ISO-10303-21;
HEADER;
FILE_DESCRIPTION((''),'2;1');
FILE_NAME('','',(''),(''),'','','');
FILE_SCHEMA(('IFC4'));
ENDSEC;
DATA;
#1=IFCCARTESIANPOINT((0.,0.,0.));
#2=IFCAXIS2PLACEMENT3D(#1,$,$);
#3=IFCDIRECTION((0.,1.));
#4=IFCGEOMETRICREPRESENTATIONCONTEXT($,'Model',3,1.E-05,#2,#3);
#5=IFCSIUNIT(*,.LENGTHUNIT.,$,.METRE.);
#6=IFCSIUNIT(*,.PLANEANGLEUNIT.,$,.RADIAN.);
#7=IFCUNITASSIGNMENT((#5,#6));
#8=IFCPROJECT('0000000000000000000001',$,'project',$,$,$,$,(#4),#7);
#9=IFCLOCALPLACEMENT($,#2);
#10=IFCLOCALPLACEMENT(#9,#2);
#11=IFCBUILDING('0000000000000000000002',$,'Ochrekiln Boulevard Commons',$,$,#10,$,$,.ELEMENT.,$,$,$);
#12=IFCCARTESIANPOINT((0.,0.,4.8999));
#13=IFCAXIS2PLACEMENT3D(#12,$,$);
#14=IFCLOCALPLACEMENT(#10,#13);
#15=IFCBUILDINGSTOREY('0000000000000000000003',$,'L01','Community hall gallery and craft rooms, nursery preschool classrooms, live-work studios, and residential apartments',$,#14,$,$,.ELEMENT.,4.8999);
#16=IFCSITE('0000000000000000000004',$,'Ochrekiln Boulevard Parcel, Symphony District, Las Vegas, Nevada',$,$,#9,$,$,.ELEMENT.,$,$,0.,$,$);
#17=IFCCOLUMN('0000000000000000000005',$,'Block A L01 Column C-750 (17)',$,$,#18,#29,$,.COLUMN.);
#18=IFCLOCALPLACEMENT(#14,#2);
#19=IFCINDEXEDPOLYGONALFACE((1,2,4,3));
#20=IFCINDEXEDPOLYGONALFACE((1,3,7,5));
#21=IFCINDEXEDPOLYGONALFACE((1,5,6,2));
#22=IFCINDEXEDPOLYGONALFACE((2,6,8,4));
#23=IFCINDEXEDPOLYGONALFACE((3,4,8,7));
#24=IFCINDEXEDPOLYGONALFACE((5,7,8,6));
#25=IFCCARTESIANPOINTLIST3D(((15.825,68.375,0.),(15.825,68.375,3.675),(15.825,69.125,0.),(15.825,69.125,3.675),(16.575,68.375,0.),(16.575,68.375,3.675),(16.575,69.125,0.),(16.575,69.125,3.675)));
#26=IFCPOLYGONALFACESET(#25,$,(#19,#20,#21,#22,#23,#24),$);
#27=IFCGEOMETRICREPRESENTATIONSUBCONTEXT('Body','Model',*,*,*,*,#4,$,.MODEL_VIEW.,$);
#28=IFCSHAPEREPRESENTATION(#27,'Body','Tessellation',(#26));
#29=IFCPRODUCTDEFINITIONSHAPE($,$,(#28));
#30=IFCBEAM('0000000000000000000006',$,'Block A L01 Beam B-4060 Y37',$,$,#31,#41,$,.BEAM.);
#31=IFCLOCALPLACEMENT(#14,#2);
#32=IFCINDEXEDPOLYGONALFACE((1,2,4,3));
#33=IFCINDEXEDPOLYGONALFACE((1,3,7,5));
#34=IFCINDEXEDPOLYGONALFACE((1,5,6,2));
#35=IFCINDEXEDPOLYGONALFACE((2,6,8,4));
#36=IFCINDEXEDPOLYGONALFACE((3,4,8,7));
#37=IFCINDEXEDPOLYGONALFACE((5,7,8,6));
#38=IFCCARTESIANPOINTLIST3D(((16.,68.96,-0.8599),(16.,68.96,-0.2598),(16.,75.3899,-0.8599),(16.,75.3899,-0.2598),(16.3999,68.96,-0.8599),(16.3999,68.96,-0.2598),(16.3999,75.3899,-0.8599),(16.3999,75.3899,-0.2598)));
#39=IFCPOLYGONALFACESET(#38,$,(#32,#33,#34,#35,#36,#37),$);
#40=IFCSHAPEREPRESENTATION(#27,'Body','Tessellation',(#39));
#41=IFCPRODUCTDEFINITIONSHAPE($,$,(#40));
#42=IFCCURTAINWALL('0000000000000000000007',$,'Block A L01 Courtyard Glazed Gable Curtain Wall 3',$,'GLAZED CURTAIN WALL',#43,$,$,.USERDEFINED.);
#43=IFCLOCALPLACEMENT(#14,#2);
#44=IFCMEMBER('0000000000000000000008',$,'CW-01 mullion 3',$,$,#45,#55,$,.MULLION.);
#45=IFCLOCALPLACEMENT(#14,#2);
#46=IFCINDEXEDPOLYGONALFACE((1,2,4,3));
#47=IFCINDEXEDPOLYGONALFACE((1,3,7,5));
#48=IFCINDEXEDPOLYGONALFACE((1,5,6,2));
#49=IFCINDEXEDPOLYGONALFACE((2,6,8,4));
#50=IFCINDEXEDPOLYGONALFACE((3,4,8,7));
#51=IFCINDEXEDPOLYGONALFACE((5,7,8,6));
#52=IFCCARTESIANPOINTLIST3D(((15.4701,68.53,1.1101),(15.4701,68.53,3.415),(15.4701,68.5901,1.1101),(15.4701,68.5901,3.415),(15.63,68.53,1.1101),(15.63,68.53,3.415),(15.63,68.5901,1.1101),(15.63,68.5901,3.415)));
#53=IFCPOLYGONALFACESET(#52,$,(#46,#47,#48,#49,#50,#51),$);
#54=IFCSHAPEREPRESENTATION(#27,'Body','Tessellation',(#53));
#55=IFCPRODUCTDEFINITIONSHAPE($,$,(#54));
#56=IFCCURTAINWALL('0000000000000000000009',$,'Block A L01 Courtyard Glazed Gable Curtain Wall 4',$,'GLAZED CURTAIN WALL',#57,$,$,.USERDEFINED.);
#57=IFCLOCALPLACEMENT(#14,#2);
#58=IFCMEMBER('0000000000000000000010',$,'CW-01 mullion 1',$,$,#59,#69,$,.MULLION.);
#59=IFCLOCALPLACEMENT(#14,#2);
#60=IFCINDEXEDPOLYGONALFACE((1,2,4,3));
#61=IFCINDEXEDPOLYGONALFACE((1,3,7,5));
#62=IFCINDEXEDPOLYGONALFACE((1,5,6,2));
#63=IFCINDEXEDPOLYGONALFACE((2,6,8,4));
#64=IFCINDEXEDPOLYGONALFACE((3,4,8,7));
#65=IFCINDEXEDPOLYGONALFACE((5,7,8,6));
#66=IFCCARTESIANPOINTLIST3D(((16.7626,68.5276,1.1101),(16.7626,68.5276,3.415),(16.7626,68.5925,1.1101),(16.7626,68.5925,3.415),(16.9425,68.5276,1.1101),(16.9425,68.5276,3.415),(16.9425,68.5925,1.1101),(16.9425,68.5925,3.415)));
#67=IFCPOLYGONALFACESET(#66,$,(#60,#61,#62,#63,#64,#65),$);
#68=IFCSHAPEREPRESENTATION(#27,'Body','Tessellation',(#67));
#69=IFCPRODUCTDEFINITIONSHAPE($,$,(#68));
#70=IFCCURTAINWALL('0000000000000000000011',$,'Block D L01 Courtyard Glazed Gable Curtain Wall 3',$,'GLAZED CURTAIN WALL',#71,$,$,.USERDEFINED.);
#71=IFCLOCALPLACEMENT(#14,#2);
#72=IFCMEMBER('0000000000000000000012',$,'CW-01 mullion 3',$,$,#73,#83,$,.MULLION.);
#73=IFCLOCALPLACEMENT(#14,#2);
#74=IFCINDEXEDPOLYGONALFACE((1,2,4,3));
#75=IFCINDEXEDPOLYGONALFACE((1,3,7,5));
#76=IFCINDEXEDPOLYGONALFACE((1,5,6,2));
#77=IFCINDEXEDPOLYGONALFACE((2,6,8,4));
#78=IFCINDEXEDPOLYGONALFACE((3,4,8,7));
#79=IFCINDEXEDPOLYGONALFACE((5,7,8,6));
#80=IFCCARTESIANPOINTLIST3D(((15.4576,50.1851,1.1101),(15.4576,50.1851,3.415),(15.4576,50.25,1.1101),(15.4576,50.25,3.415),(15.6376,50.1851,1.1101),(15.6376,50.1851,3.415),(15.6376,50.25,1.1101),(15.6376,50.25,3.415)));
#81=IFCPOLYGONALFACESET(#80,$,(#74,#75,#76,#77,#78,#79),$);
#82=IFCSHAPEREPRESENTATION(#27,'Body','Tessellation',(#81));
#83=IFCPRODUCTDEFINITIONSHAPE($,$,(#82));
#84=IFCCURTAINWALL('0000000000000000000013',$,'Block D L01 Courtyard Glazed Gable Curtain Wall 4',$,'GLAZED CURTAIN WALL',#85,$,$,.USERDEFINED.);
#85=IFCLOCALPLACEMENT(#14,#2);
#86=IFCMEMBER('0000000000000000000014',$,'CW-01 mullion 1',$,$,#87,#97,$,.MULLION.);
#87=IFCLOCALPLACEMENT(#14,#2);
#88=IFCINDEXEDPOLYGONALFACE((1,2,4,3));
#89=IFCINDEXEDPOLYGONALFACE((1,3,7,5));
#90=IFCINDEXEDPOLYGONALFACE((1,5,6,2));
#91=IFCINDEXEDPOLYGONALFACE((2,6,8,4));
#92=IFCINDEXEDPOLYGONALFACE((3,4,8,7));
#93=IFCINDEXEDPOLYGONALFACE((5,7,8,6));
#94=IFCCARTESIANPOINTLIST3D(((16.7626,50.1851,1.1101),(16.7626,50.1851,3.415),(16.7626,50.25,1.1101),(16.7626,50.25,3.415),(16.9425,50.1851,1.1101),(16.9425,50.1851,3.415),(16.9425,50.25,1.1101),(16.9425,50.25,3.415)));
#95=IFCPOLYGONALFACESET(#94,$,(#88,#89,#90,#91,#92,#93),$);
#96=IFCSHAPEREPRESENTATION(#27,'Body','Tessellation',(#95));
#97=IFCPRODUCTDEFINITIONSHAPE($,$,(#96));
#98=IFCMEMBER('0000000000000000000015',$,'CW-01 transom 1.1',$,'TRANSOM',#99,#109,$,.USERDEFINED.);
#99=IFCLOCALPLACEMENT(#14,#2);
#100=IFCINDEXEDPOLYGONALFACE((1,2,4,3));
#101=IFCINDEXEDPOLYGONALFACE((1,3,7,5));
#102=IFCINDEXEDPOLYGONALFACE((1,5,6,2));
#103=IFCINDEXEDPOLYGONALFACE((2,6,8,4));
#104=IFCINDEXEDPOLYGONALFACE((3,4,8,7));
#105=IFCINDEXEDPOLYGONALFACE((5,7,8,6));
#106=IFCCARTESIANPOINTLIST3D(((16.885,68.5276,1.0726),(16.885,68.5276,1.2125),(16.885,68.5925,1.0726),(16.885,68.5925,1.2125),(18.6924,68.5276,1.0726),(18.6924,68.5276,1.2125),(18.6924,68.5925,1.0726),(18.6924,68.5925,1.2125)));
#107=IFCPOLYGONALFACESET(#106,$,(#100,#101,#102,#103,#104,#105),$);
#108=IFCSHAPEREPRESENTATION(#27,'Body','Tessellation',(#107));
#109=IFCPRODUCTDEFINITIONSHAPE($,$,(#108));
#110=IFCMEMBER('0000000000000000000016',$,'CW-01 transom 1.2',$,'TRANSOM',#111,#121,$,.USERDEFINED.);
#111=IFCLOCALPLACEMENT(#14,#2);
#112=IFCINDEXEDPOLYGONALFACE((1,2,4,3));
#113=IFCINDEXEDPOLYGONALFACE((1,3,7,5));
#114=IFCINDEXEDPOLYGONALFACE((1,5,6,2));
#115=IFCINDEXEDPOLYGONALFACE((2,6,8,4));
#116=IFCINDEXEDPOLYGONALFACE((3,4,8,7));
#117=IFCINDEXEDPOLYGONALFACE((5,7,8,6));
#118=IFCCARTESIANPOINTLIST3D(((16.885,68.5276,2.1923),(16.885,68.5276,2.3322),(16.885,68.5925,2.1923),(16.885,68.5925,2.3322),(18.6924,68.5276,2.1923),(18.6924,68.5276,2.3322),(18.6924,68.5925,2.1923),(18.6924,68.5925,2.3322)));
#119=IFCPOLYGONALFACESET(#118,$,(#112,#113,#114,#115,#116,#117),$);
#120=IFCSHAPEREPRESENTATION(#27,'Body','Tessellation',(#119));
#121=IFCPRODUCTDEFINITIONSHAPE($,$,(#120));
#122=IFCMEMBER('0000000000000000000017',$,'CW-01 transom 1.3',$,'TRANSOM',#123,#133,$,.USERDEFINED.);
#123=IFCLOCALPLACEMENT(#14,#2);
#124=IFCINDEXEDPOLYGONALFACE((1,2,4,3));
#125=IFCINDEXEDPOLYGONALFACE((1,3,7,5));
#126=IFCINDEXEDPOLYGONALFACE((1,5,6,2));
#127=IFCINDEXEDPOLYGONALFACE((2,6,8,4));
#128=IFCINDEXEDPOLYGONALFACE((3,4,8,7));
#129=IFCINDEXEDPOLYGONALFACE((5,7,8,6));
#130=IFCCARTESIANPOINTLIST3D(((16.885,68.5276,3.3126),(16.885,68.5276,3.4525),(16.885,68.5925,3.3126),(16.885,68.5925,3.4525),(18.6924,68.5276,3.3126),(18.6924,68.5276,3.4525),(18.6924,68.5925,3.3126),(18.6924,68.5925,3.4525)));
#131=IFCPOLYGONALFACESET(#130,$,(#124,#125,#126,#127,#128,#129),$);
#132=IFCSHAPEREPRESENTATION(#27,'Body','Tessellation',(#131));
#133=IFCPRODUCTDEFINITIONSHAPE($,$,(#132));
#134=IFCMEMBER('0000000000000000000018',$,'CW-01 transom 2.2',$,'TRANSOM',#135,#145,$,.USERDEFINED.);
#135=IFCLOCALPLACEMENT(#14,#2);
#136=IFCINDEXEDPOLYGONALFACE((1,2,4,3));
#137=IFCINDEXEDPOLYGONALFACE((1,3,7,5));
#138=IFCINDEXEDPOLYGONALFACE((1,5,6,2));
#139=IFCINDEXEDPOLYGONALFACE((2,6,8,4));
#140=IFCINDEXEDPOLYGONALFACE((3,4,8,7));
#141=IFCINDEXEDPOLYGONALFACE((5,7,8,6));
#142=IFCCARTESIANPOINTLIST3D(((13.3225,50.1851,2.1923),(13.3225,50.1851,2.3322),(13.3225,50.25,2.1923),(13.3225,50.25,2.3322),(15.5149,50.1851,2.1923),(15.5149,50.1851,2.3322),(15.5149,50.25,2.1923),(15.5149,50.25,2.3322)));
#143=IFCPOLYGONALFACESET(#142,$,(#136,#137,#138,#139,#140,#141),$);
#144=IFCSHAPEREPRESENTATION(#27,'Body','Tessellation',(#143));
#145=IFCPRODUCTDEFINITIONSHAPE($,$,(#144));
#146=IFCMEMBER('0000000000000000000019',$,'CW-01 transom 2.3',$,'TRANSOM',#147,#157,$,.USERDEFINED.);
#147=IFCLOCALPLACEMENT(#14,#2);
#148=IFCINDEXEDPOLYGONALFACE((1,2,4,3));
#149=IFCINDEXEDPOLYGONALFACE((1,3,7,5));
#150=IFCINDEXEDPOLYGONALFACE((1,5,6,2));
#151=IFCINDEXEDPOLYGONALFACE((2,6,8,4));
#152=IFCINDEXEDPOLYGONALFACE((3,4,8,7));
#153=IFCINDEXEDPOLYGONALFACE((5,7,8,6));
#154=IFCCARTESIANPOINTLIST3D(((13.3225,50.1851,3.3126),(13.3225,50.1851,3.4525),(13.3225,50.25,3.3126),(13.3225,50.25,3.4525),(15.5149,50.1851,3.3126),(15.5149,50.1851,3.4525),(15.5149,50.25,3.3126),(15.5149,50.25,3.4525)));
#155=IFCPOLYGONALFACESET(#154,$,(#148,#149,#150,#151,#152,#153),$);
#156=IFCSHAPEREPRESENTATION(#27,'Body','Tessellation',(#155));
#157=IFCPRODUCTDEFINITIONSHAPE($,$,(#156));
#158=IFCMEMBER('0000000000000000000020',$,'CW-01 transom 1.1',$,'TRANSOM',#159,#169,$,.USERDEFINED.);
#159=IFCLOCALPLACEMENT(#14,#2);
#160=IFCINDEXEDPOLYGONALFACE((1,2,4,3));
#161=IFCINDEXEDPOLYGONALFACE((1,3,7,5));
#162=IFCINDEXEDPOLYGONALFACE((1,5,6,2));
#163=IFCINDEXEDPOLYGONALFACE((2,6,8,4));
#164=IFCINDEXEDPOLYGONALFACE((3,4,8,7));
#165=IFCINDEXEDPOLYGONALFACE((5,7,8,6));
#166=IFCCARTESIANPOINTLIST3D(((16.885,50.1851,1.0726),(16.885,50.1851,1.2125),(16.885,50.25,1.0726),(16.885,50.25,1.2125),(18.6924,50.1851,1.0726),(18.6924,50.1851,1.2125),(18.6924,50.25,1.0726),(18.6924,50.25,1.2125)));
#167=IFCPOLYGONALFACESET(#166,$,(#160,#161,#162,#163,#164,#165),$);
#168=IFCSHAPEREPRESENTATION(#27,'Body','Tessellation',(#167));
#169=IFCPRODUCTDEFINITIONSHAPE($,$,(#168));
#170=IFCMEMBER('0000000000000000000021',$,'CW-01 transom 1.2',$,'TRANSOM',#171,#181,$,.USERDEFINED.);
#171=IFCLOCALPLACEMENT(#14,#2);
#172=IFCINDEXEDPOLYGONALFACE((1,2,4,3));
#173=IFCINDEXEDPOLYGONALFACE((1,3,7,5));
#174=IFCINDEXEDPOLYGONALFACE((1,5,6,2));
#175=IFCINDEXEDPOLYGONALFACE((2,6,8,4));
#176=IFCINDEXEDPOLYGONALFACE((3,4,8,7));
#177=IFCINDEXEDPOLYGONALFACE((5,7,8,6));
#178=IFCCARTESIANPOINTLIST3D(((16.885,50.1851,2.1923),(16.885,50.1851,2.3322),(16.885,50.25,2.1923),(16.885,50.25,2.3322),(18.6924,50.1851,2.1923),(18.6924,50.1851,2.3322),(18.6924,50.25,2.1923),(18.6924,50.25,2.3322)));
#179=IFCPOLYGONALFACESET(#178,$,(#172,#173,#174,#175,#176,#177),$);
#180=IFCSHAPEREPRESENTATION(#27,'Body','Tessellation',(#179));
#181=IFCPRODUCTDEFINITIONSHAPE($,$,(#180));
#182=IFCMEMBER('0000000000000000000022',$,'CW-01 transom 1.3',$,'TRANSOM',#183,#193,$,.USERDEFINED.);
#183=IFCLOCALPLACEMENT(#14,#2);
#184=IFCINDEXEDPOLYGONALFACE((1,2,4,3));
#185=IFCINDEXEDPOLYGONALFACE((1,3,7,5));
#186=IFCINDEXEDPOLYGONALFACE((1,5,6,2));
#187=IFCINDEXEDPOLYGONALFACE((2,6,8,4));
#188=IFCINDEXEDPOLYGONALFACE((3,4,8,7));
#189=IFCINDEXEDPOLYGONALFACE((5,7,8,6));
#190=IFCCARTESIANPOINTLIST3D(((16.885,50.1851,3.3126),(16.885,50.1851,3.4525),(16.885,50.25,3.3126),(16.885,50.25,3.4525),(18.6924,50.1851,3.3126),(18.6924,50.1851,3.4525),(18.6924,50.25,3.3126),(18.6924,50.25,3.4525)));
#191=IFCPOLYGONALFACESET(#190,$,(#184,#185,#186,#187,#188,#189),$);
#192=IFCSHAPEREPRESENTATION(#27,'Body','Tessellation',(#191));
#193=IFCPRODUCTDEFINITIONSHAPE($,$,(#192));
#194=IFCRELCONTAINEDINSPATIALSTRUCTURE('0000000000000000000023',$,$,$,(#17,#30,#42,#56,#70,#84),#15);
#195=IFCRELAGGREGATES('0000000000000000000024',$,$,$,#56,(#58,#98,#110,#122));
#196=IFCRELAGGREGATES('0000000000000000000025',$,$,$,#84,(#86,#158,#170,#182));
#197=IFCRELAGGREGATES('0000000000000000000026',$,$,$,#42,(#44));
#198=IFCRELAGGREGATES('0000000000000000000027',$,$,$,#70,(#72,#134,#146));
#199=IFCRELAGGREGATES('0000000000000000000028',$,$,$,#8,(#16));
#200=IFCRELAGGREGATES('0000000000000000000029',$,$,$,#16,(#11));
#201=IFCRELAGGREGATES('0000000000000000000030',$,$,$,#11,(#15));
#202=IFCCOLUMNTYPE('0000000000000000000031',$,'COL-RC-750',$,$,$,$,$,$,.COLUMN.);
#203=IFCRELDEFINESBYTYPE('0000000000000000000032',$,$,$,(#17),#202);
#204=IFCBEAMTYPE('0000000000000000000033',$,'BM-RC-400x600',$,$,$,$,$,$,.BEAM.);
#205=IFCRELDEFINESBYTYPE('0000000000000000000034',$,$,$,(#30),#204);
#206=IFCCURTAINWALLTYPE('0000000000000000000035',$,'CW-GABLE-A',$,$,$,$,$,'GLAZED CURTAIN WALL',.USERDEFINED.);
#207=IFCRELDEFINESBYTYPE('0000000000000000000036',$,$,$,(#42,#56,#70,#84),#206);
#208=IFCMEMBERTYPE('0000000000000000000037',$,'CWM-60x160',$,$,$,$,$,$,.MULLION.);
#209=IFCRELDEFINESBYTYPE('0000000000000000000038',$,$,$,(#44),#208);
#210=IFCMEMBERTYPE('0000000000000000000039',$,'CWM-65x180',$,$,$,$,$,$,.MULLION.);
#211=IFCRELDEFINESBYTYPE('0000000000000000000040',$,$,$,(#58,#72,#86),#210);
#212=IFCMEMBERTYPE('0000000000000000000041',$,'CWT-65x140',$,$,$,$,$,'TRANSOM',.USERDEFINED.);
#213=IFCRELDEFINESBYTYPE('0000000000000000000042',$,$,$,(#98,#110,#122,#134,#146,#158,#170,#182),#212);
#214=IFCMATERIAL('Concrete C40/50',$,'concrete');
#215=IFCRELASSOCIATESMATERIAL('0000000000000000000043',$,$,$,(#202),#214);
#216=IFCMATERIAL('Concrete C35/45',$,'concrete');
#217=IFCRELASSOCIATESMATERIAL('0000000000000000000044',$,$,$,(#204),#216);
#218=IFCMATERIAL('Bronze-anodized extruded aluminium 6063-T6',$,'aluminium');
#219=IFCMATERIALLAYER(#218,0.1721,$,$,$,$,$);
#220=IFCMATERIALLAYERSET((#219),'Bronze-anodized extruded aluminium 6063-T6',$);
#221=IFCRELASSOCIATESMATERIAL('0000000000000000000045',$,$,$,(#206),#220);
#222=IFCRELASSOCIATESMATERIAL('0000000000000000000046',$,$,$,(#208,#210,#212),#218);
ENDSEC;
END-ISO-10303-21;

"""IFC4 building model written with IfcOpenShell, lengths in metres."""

from ifc_helpers import new_model, si_unit, direction, frame, origin, origin_2d, place, context, subcontext, project, spatial, rectangle, extrude, material, layer, layer_set, material_profile, profile_set, type_object, element, aggregate, save


model = new_model("IFC4")

# Units and contexts
model_context = context("Model", 3, precision=1e-05, world=origin(), true_north=direction((0.0, 1.0)))
body_context = subcontext(model_context, "Body", "Model", "MODEL_VIEW")
ifc_project = project(units=[si_unit("LENGTHUNIT", "METRE"), si_unit("PLANEANGLEUNIT", "RADIAN")], contexts=[model_context])

# Site, building, storey
site_placement = place(None, origin())
site = spatial("IfcSite", under=ifc_project, at=site_placement, Name="Ochrekiln Boulevard Parcel, Symphony District, Las Vegas, Nevada", CompositionType="ELEMENT", RefElevation=0.0)
building_placement = place(site_placement, origin())
building = spatial("IfcBuilding", under=site, at=building_placement, Name="Ochrekiln Boulevard Commons", CompositionType="ELEMENT")
storey_placement = place(building_placement, frame((0.0, 0.0, 4.8999)))
storey = spatial("IfcBuildingStorey", under=building, at=storey_placement, Name="L01", Description="Community hall gallery and craft rooms, nursery preschool classrooms, live-work studios, and residential apartments", CompositionType="ELEMENT", Elevation=4.8999)

# Column
ifc_material_1 = material(Name="Concrete C40/50", Category="concrete")
ifc_material_profile_1 = material_profile(ifc_material_1, rectangle(XDim=0.75, YDim=0.75, at=origin_2d()), Name="RC-COL-750x750")
ifc_profile_set_1 = profile_set([ifc_material_profile_1], Name="Concrete C40/50")
column_type = type_object("IfcColumnType", Name="COL-RC-750", PredefinedType="COLUMN", material=ifc_profile_set_1)
column_placement = place(storey_placement, frame((16.2, 68.75, 0.0), z_axis=(0.0, 0.0, 1.0), x_axis=(1.0, 0.0, 0.0)))
element("IfcColumn", 1, at=column_placement, inside=storey, type_object=column_type, Name="Block A L01 Column C-750 (17)", PredefinedType="COLUMN", context=body_context, shape_type="SweptSolid", body=[
    extrude(rectangle(XDim=0.75, YDim=0.75, at=origin_2d()), origin(), (0.0, 0.0, 1.0), 3.675),
])

# Beam
ifc_material_2 = material(Name="Concrete C35/45", Category="concrete")
ifc_material_profile_2 = material_profile(ifc_material_2, rectangle(XDim=0.3999, YDim=0.6001, at=origin_2d()), Name="RC-BM-400x600")
ifc_profile_set_2 = profile_set([ifc_material_profile_2], Name="Concrete C35/45")
beam_type_1 = type_object("IfcBeamType", Name="BM-RC-400x600", PredefinedType="BEAM", material=ifc_profile_set_2)
beam_1_placement = place(storey_placement, frame((16.2, 68.96, -0.5598), z_axis=(0.0, 1.0, 0.0), x_axis=(-1.0, 0.0, 0.0)))
element("IfcBeam", 2, at=beam_1_placement, inside=storey, type_object=beam_type_1, Name="Block A L01 Beam B-4060 Y37", PredefinedType="BEAM", context=body_context, shape_type="SweptSolid", body=[
    extrude(rectangle(XDim=0.3999, YDim=0.6001, at=origin_2d()), origin(), (0.0, 0.0, 1.0), 6.4299),
])

# Curtain walls, members
ifc_material_3 = material(Name="Bronze-anodized extruded aluminium 6063-T6", Category="aluminium")
ifc_layer_1 = layer(ifc_material_3, 0.1721)
ifc_layer_set_1 = layer_set([ifc_layer_1], Name="Bronze-anodized extruded aluminium 6063-T6")
curtain_wall_type = type_object("IfcCurtainWallType", Name="CW-GABLE-A", ElementType="GLAZED CURTAIN WALL", PredefinedType="USERDEFINED", material=ifc_layer_set_1)
curtain_wall_1_placement = place(storey_placement, origin())
curtain_wall_1 = element("IfcCurtainWall", 3, at=curtain_wall_1_placement, inside=storey, type_object=curtain_wall_type, Name="Block A L01 Courtyard Glazed Gable Curtain Wall 3", ObjectType="GLAZED CURTAIN WALL", PredefinedType="USERDEFINED")
ifc_material_profile_3 = material_profile(ifc_material_3, rectangle(XDim=0.0601, YDim=0.1599, at=origin_2d()), Name="ALU-MUL-60x160")
ifc_profile_set_3 = profile_set([ifc_material_profile_3], Name="Bronze-anodized extruded aluminium 6063-T6")
member_type_1 = type_object("IfcMemberType", Name="CWM-60x160", PredefinedType="MULLION", material=ifc_profile_set_3)
member_1_placement = place(storey_placement, frame((15.55, 68.5601, 1.1101), z_axis=(0.0, 0.0, 1.0), x_axis=(0.0, 1.0, 0.0)))
member_1 = element("IfcMember", 4, at=member_1_placement, type_object=member_type_1, Name="CW-01 mullion 3", PredefinedType="MULLION", context=body_context, shape_type="SweptSolid", body=[
    extrude(rectangle(XDim=0.0601, YDim=0.1599, at=origin_2d()), origin(), (0.0, 0.0, 1.0), 2.3049),
])
curtain_wall_2_placement = place(storey_placement, origin())
curtain_wall_2 = element("IfcCurtainWall", 5, at=curtain_wall_2_placement, inside=storey, type_object=curtain_wall_type, Name="Block A L01 Courtyard Glazed Gable Curtain Wall 4", ObjectType="GLAZED CURTAIN WALL", PredefinedType="USERDEFINED")
ifc_material_profile_4 = material_profile(ifc_material_3, rectangle(XDim=0.0649, YDim=0.1799, at=origin_2d()), Name="ALU-MUL-65x180")
ifc_profile_set_4 = profile_set([ifc_material_profile_4], Name="Bronze-anodized extruded aluminium 6063-T6")
member_type_2 = type_object("IfcMemberType", Name="CWM-65x180", PredefinedType="MULLION", material=ifc_profile_set_4)
member_2_placement = place(storey_placement, frame((16.8525, 68.5601, 1.1101), z_axis=(0.0, 0.0, 1.0), x_axis=(0.0, 1.0, 0.0)))
member_2 = element("IfcMember", 6, at=member_2_placement, type_object=member_type_2, Name="CW-01 mullion 1", PredefinedType="MULLION", context=body_context, shape_type="SweptSolid", body=[
    extrude(rectangle(XDim=0.0649, YDim=0.1799, at=origin_2d()), origin(), (0.0, 0.0, 1.0), 2.3049),
])
curtain_wall_3_placement = place(storey_placement, origin())
curtain_wall_3 = element("IfcCurtainWall", 7, at=curtain_wall_3_placement, inside=storey, type_object=curtain_wall_type, Name="Block D L01 Courtyard Glazed Gable Curtain Wall 3", ObjectType="GLAZED CURTAIN WALL", PredefinedType="USERDEFINED")
member_3_placement = place(storey_placement, frame((15.5476, 50.2175, 1.1101), z_axis=(0.0, 0.0, 1.0), x_axis=(0.0, 1.0, 0.0)))
member_3 = element("IfcMember", 8, at=member_3_placement, type_object=member_type_2, Name="CW-01 mullion 3", PredefinedType="MULLION", context=body_context, shape_type="SweptSolid", body=[
    extrude(rectangle(XDim=0.0649, YDim=0.1799, at=origin_2d()), origin(), (0.0, 0.0, 1.0), 2.3049),
])
curtain_wall_4_placement = place(storey_placement, origin())
curtain_wall_4 = element("IfcCurtainWall", 9, at=curtain_wall_4_placement, inside=storey, type_object=curtain_wall_type, Name="Block D L01 Courtyard Glazed Gable Curtain Wall 4", ObjectType="GLAZED CURTAIN WALL", PredefinedType="USERDEFINED")
member_4_placement = place(storey_placement, frame((16.8525, 50.2175, 1.1101), z_axis=(0.0, 0.0, 1.0), x_axis=(0.0, 1.0, 0.0)))
member_4 = element("IfcMember", 10, at=member_4_placement, type_object=member_type_2, Name="CW-01 mullion 1", PredefinedType="MULLION", context=body_context, shape_type="SweptSolid", body=[
    extrude(rectangle(XDim=0.0649, YDim=0.1799, at=origin_2d()), origin(), (0.0, 0.0, 1.0), 2.3049),
])

# Members
ifc_material_profile_5 = material_profile(ifc_material_3, rectangle(XDim=0.0649, YDim=0.1399, at=origin_2d()), Name="ALU-TRN-65x140")
ifc_profile_set_5 = profile_set([ifc_material_profile_5], Name="Bronze-anodized extruded aluminium 6063-T6")
member_type_3 = type_object("IfcMemberType", Name="CWT-65x140", ElementType="TRANSOM", PredefinedType="USERDEFINED", material=ifc_profile_set_5)
member_5_placement = place(storey_placement, frame((16.885, 68.5601, 1.1426), z_axis=(1.0, 0.0, 0.0), x_axis=(0.0, 1.0, 0.0)))
member_5 = element("IfcMember", 11, at=member_5_placement, type_object=member_type_3, Name="CW-01 transom 1.1", ObjectType="TRANSOM", PredefinedType="USERDEFINED", context=body_context, shape_type="SweptSolid", body=[
    extrude(rectangle(XDim=0.0649, YDim=0.1399, at=origin_2d()), origin(), (0.0, 0.0, 1.0), 1.8074),
])
member_6_placement = place(storey_placement, frame((16.885, 68.5601, 2.2622), z_axis=(1.0, 0.0, 0.0), x_axis=(0.0, 1.0, 0.0)))
member_6 = element("IfcMember", 12, at=member_6_placement, type_object=member_type_3, Name="CW-01 transom 1.2", ObjectType="TRANSOM", PredefinedType="USERDEFINED", context=body_context, shape_type="SweptSolid", body=[
    extrude(rectangle(XDim=0.0649, YDim=0.1399, at=origin_2d()), origin(), (0.0, 0.0, 1.0), 1.8074),
])
member_7_placement = place(storey_placement, frame((16.885, 68.5601, 3.3826), z_axis=(1.0, 0.0, 0.0), x_axis=(0.0, 1.0, 0.0)))
member_7 = element("IfcMember", 13, at=member_7_placement, type_object=member_type_3, Name="CW-01 transom 1.3", ObjectType="TRANSOM", PredefinedType="USERDEFINED", context=body_context, shape_type="SweptSolid", body=[
    extrude(rectangle(XDim=0.0649, YDim=0.1399, at=origin_2d()), origin(), (0.0, 0.0, 1.0), 1.8074),
])
aggregate(curtain_wall_2, [member_2, member_5, member_6, member_7])
member_8_placement = place(storey_placement, frame((13.3225, 50.2175, 2.2622), z_axis=(1.0, 0.0, 0.0), x_axis=(0.0, 1.0, 0.0)))
member_8 = element("IfcMember", 14, at=member_8_placement, type_object=member_type_3, Name="CW-01 transom 2.2", ObjectType="TRANSOM", PredefinedType="USERDEFINED", context=body_context, shape_type="SweptSolid", body=[
    extrude(rectangle(XDim=0.0649, YDim=0.1399, at=origin_2d()), origin(), (0.0, 0.0, 1.0), 2.1924),
])
member_9_placement = place(storey_placement, frame((13.3225, 50.2175, 3.3826), z_axis=(1.0, 0.0, 0.0), x_axis=(0.0, 1.0, 0.0)))
member_9 = element("IfcMember", 15, at=member_9_placement, type_object=member_type_3, Name="CW-01 transom 2.3", ObjectType="TRANSOM", PredefinedType="USERDEFINED", context=body_context, shape_type="SweptSolid", body=[
    extrude(rectangle(XDim=0.0649, YDim=0.1399, at=origin_2d()), origin(), (0.0, 0.0, 1.0), 2.1924),
])
member_10_placement = place(storey_placement, frame((16.885, 50.2175, 1.1426), z_axis=(1.0, 0.0, 0.0), x_axis=(0.0, 1.0, 0.0)))
member_10 = element("IfcMember", 16, at=member_10_placement, type_object=member_type_3, Name="CW-01 transom 1.1", ObjectType="TRANSOM", PredefinedType="USERDEFINED", context=body_context, shape_type="SweptSolid", body=[
    extrude(rectangle(XDim=0.0649, YDim=0.1399, at=origin_2d()), origin(), (0.0, 0.0, 1.0), 1.8074),
])
member_11_placement = place(storey_placement, frame((16.885, 50.2175, 2.2622), z_axis=(1.0, 0.0, 0.0), x_axis=(0.0, 1.0, 0.0)))
member_11 = element("IfcMember", 17, at=member_11_placement, type_object=member_type_3, Name="CW-01 transom 1.2", ObjectType="TRANSOM", PredefinedType="USERDEFINED", context=body_context, shape_type="SweptSolid", body=[
    extrude(rectangle(XDim=0.0649, YDim=0.1399, at=origin_2d()), origin(), (0.0, 0.0, 1.0), 1.8074),
])
member_12_placement = place(storey_placement, frame((16.885, 50.2175, 3.3826), z_axis=(1.0, 0.0, 0.0), x_axis=(0.0, 1.0, 0.0)))
member_12 = element("IfcMember", 18, at=member_12_placement, type_object=member_type_3, Name="CW-01 transom 1.3", ObjectType="TRANSOM", PredefinedType="USERDEFINED", context=body_context, shape_type="SweptSolid", body=[
    extrude(rectangle(XDim=0.0649, YDim=0.1399, at=origin_2d()), origin(), (0.0, 0.0, 1.0), 1.8074),
])

aggregate(curtain_wall_4, [member_4, member_10, member_11, member_12])
aggregate(curtain_wall_1, [member_1])
aggregate(curtain_wall_3, [member_3, member_8, member_9])

save(model, "model.ifc")
